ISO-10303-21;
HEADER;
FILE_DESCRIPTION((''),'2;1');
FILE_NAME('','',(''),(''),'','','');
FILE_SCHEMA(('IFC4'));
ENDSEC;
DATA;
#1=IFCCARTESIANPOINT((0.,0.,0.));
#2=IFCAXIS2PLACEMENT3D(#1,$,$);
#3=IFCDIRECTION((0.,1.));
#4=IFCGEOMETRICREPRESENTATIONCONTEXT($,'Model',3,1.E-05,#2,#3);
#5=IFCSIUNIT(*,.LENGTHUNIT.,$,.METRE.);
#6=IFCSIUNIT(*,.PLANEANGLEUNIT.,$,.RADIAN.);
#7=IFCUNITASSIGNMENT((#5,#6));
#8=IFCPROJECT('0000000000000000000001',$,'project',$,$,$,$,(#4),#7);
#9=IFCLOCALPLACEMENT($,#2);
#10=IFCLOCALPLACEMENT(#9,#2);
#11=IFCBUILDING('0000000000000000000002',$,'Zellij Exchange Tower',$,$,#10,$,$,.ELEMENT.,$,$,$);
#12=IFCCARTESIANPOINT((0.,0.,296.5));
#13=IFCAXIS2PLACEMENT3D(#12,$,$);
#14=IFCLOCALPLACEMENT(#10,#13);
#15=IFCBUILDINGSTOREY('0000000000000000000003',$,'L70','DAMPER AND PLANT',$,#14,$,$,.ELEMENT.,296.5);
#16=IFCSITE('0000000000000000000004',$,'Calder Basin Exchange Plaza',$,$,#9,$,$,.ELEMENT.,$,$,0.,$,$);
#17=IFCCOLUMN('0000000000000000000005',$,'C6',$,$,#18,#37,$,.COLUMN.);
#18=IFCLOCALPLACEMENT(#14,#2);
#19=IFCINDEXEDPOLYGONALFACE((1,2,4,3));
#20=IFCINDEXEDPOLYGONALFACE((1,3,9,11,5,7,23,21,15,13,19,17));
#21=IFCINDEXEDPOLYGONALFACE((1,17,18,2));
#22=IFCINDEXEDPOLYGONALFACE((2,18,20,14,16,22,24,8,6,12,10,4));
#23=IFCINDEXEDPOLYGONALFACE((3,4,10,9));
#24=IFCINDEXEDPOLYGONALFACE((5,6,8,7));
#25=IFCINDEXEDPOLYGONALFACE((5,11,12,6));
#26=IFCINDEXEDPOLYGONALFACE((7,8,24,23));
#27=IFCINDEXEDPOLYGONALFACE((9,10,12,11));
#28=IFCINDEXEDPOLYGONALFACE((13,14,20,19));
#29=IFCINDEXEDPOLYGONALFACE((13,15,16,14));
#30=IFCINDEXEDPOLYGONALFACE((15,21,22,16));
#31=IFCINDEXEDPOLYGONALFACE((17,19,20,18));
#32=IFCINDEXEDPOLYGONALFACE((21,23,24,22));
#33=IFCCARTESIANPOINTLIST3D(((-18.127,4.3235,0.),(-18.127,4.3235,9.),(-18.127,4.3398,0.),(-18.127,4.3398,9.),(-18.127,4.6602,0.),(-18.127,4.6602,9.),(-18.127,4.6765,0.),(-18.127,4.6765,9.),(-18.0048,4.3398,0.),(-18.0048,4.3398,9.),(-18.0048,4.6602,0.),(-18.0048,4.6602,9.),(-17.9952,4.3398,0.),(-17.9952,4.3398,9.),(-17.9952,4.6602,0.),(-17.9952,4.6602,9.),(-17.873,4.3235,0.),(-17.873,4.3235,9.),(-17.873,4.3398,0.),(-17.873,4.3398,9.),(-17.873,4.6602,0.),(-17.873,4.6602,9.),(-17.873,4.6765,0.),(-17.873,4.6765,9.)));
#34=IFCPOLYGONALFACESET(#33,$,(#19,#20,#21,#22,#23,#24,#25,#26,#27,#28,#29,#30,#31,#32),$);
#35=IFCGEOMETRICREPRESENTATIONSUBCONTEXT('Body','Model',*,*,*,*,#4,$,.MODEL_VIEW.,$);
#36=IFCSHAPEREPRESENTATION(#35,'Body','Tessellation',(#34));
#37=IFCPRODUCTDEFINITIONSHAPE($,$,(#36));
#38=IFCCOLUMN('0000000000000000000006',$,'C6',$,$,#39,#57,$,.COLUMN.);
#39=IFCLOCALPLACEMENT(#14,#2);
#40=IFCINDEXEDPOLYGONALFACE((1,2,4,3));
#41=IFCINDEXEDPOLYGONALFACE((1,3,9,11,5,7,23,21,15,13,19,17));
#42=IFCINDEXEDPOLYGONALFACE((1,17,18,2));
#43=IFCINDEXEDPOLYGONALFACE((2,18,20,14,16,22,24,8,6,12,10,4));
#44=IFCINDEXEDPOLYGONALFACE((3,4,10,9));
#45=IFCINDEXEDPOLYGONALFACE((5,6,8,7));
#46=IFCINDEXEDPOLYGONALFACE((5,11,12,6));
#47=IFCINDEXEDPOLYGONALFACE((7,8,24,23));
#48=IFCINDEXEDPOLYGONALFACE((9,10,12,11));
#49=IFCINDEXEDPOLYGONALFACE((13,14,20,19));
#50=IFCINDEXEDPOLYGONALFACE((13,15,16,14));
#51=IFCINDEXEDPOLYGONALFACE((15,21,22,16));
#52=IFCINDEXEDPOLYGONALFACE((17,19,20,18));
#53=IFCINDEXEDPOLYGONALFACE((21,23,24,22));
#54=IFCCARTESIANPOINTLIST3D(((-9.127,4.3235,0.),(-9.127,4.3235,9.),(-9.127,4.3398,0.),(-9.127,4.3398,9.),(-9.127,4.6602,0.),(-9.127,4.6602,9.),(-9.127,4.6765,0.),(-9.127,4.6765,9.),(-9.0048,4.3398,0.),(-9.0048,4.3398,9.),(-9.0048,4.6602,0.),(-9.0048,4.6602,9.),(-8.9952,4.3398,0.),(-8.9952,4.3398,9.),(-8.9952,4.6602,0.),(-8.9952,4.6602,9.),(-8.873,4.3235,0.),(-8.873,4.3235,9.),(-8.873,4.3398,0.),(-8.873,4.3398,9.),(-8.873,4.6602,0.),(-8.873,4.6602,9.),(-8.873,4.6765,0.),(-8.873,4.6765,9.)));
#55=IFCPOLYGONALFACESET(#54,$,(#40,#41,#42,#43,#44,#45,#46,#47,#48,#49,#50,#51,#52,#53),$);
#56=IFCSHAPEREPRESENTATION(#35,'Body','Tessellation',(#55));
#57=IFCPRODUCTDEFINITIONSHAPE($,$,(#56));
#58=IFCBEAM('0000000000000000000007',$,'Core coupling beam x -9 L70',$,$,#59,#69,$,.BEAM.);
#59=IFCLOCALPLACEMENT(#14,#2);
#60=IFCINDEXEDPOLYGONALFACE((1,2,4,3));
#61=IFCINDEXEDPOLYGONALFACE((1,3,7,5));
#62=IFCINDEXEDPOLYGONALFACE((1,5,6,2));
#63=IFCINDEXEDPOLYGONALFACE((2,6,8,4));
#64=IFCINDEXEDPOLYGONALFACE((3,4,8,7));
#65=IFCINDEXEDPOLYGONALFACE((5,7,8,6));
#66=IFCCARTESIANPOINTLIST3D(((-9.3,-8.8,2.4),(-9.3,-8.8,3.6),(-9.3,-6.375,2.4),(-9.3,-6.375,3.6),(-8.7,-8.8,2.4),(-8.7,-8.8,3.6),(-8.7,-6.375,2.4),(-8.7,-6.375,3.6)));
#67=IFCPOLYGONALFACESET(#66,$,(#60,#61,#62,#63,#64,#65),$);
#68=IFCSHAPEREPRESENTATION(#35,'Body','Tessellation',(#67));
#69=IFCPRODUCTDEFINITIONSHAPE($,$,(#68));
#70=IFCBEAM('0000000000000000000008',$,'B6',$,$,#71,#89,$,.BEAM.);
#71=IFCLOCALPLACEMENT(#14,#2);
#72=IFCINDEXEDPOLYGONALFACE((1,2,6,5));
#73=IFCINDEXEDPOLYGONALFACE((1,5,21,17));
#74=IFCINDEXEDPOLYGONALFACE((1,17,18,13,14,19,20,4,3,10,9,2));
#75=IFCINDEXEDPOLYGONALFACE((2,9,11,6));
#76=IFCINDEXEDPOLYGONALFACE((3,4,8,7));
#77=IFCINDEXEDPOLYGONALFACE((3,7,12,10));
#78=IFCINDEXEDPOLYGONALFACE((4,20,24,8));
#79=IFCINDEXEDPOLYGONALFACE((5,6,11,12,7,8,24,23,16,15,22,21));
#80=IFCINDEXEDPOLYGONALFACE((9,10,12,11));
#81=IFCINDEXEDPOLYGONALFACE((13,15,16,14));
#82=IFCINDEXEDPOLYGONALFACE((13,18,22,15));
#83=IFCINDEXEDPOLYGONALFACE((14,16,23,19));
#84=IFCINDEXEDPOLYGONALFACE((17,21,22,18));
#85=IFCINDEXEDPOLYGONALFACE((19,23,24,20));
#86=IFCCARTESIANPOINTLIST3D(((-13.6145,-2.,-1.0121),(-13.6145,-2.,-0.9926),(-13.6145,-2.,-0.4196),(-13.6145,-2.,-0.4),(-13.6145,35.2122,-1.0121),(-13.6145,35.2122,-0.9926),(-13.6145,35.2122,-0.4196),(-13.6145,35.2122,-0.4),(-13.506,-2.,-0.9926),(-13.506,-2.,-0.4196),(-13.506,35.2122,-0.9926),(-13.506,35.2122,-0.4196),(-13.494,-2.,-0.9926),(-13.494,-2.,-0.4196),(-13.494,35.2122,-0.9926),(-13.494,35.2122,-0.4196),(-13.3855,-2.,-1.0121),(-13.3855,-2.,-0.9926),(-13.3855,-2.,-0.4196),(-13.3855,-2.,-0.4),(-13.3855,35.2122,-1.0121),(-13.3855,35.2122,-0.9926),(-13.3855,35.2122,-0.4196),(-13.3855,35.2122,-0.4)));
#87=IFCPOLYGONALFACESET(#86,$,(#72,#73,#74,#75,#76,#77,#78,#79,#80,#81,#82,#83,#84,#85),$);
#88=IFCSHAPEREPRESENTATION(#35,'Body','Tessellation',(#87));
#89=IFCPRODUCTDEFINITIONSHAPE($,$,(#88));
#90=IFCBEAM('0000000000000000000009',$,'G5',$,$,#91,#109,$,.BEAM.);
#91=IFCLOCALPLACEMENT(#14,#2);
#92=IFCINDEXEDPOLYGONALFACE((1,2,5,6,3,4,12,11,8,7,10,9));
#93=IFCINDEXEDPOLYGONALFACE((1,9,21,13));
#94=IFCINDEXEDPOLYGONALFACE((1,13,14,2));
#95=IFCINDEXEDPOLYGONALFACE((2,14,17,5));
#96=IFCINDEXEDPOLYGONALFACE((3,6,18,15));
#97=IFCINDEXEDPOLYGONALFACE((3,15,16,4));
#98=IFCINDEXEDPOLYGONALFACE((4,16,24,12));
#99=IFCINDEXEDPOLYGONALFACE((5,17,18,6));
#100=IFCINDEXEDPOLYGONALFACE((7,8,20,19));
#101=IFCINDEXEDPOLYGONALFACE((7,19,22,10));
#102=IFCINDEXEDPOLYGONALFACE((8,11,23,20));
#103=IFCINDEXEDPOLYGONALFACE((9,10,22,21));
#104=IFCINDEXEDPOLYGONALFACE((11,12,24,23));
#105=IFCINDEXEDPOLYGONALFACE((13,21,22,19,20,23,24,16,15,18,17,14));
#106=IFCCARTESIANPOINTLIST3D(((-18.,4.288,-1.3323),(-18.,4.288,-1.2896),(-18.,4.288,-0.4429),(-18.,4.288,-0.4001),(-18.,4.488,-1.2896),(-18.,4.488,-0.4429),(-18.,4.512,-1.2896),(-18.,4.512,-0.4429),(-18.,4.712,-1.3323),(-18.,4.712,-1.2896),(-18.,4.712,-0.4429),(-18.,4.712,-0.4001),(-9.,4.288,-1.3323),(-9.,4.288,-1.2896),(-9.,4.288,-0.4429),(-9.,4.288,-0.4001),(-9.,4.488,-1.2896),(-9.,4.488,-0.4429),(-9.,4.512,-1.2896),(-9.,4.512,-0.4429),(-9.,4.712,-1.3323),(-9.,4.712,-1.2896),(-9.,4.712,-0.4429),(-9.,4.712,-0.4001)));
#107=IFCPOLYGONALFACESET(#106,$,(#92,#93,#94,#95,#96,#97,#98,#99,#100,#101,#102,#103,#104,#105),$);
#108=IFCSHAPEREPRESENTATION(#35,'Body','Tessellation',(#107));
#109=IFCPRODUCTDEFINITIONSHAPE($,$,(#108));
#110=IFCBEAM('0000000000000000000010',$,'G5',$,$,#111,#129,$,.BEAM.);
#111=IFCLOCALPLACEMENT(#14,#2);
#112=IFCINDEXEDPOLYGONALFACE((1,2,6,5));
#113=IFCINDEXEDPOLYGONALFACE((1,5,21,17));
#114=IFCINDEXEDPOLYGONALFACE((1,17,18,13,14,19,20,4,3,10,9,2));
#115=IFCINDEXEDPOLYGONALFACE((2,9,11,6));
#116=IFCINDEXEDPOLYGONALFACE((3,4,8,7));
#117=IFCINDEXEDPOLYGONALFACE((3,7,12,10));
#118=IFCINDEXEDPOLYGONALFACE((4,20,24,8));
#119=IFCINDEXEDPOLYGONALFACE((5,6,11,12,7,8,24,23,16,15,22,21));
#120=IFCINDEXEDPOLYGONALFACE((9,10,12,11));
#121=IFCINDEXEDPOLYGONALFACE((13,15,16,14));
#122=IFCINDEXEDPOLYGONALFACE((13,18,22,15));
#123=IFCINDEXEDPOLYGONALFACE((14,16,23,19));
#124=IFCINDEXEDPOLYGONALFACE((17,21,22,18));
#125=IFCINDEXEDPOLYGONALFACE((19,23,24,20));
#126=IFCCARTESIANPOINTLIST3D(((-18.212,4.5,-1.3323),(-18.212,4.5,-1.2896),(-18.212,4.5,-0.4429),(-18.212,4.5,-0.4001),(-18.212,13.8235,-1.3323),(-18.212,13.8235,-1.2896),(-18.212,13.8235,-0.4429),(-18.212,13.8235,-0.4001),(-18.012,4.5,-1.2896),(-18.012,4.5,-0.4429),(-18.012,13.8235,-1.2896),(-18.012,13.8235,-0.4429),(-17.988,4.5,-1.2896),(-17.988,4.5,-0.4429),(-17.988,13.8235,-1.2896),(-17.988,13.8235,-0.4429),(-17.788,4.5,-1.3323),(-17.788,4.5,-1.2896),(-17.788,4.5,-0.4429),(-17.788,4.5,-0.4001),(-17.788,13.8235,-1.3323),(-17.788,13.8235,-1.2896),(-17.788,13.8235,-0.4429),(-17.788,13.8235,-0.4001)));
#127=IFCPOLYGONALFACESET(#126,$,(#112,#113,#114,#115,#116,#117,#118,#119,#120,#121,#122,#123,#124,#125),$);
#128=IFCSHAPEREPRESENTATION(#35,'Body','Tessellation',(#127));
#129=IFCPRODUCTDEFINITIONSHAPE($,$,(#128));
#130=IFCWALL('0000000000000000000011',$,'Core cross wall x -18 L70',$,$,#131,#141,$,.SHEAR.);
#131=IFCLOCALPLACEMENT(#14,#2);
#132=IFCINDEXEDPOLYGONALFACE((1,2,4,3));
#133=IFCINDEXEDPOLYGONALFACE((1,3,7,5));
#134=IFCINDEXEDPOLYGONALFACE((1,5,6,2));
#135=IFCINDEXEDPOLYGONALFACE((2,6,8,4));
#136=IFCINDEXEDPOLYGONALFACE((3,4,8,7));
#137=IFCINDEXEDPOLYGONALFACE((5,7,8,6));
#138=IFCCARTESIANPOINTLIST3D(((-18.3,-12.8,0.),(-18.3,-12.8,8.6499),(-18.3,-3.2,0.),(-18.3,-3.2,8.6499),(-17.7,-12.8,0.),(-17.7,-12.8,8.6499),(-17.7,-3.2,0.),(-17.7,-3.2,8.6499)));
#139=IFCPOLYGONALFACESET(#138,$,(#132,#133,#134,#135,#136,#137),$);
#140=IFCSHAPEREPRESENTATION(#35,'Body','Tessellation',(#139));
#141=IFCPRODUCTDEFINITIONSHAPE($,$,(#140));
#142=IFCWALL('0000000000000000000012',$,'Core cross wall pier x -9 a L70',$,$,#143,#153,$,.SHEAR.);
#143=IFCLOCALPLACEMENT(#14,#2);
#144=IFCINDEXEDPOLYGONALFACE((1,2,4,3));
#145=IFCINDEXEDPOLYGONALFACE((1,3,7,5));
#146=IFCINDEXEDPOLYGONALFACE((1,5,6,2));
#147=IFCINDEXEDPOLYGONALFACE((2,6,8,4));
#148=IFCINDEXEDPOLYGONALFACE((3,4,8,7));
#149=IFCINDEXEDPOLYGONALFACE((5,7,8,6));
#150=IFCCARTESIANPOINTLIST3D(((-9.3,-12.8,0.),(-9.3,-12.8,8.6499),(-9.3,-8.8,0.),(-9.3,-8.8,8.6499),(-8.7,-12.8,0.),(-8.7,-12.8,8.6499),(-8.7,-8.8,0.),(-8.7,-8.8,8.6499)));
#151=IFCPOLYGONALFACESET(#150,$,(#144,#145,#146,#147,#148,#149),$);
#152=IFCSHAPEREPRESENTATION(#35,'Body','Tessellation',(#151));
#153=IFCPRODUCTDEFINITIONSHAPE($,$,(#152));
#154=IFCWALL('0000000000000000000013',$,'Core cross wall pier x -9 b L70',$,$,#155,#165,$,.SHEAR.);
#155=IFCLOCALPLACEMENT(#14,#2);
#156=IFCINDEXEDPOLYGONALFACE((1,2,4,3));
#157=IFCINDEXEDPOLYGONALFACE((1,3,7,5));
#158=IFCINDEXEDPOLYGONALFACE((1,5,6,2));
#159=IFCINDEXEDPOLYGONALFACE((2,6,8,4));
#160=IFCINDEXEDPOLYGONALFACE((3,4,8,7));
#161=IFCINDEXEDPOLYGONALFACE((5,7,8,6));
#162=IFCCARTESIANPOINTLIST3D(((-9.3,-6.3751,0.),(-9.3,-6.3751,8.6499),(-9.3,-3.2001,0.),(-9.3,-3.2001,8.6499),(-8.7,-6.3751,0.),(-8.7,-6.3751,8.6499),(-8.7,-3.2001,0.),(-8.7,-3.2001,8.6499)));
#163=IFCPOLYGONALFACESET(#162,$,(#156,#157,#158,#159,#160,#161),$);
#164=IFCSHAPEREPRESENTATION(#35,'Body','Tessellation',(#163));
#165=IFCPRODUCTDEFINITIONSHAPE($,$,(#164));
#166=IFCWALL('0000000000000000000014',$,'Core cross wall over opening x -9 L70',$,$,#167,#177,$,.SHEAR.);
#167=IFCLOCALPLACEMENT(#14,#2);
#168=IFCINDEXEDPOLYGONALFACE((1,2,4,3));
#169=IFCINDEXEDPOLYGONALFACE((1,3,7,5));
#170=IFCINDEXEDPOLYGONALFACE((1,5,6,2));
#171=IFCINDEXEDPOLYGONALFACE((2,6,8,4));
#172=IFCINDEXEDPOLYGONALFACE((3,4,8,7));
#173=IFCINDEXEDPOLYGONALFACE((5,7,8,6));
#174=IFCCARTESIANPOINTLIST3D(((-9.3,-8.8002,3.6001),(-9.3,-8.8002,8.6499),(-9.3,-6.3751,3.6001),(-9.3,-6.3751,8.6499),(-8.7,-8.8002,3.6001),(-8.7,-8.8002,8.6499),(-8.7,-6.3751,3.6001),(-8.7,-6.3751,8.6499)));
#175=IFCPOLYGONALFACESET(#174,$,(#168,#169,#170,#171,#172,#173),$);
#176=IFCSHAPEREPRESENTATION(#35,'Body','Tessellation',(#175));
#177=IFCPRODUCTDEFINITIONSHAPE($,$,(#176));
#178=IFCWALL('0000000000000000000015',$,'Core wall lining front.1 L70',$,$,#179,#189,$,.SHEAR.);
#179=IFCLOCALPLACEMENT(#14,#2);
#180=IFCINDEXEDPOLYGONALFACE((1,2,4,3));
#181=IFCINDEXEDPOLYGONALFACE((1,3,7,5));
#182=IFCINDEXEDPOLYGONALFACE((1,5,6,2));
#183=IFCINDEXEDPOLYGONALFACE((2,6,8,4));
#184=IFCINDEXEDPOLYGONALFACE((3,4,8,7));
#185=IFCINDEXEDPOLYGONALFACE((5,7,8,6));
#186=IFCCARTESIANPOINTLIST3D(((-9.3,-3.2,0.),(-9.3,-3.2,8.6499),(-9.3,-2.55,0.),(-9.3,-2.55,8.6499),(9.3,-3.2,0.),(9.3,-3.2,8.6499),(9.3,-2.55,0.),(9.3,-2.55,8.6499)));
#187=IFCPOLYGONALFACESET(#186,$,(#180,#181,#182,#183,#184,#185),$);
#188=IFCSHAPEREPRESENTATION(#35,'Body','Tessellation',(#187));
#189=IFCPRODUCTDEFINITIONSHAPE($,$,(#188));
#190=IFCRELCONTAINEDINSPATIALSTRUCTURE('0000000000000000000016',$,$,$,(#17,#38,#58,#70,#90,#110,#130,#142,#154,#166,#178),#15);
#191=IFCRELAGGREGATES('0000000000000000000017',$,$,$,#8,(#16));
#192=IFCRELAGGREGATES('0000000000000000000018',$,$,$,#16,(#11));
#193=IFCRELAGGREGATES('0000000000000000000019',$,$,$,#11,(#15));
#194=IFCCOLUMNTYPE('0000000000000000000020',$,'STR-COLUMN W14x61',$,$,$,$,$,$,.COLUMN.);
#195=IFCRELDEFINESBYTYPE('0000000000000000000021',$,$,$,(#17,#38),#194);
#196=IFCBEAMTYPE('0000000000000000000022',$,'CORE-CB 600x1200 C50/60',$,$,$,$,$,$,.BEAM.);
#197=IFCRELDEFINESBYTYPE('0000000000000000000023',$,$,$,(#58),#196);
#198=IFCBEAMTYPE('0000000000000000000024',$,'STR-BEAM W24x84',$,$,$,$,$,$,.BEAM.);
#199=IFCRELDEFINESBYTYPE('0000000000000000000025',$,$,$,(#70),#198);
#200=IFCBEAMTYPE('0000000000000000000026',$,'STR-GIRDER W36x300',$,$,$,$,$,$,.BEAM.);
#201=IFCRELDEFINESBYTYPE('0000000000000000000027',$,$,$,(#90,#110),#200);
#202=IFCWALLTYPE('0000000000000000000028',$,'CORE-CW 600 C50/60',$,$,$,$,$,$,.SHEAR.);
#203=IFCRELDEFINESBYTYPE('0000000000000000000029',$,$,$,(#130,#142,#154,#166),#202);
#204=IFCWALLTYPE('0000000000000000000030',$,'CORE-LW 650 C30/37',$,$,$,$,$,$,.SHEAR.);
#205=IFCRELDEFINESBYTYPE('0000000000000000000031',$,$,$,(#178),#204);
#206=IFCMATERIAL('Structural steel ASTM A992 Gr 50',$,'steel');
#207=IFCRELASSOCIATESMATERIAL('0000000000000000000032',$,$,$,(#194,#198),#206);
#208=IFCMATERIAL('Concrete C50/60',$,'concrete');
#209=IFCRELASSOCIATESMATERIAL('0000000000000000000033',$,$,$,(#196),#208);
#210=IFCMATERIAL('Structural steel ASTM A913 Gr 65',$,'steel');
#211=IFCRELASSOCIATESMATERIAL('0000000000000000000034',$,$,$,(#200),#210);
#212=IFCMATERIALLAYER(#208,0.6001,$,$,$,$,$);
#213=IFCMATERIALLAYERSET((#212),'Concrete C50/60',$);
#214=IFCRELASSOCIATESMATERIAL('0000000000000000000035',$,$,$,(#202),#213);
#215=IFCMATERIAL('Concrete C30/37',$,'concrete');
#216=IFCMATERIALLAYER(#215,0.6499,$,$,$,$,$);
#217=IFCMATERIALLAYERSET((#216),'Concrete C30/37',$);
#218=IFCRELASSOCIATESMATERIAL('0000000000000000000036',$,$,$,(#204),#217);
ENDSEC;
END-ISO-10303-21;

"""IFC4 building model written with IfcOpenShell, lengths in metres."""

from ifc_helpers import new_model, si_unit, direction, frame, frame_2d, origin, origin_2d, place, context, subcontext, project, spatial, rectangle, i_section, extrude, material, layer, layer_set, material_profile, profile_set, type_object, element, save


model = new_model("IFC4")

# Units and contexts
model_context = context("Model", 3, precision=1e-05, world=origin(), true_north=direction((0.0, 1.0)))
body_context = subcontext(model_context, "Body", "Model", "MODEL_VIEW")
ifc_project = project(units=[si_unit("LENGTHUNIT", "METRE"), si_unit("PLANEANGLEUNIT", "RADIAN")], contexts=[model_context])

# Site, building, storey
site_placement = place(None, origin())
site = spatial("IfcSite", under=ifc_project, at=site_placement, Name="Calder Basin Exchange Plaza", CompositionType="ELEMENT", RefElevation=0.0)
building_placement = place(site_placement, origin())
building = spatial("IfcBuilding", under=site, at=building_placement, Name="Zellij Exchange Tower", CompositionType="ELEMENT")
storey_placement = place(building_placement, frame((0.0, 0.0, 296.5)))
storey = spatial("IfcBuildingStorey", under=building, at=storey_placement, Name="L70", Description="DAMPER AND PLANT", CompositionType="ELEMENT", Elevation=296.5)

# Columns
ifc_material_1 = material(Name="Structural steel ASTM A992 Gr 50", Category="steel")
ifc_material_profile_1 = material_profile(ifc_material_1, i_section(OverallWidth=0.2539, OverallDepth=0.353, WebThickness=0.0095, FlangeThickness=0.0164, at=origin_2d()), Name="W14x61")
ifc_profile_set_1 = profile_set([ifc_material_profile_1], Name="Structural steel ASTM A992 Gr 50")
column_type = type_object("IfcColumnType", Name="STR-COLUMN W14x61", PredefinedType="COLUMN", material=ifc_profile_set_1)
for number, where, z_axis, x_axis, name in (
    (1, (-18.0, 4.5, 0.0), (0.0, 0.0, 1.0), (1.0, 0.0, 0.0), "C6"),
    (2, (-9.0, 4.5, 0.0), (0.0, 0.0, 1.0), (1.0, 0.0, 0.0), "C6"),
):
    element("IfcColumn", number, at=place(storey_placement, frame(where, z_axis=z_axis, x_axis=x_axis)), inside=storey, type_object=column_type, Name=name, PredefinedType="COLUMN", context=body_context, shape_type="SweptSolid", body=[
        extrude(i_section(OverallWidth=0.2539, OverallDepth=0.353, WebThickness=0.0095, FlangeThickness=0.0164, at=origin_2d()), origin(), (0.0, 0.0, 1.0), 9.0),
    ])

# Beams
ifc_material_2 = material(Name="Concrete C50/60", Category="concrete")
ifc_material_profile_2 = material_profile(ifc_material_2, rectangle(XDim=0.6001, YDim=1.2, at=origin_2d()), Name="CORE-CB 600x1200 C50/60")
ifc_profile_set_2 = profile_set([ifc_material_profile_2], Name="Concrete C50/60")
beam_type_1 = type_object("IfcBeamType", Name="CORE-CB 600x1200 C50/60", PredefinedType="BEAM", material=ifc_profile_set_2)
beam_1_placement = place(storey_placement, frame((-9.0, -8.8, 3.0), z_axis=(0.0, 1.0, 0.0), x_axis=(-1.0, 0.0, 0.0)))
element("IfcBeam", 3, at=beam_1_placement, inside=storey, type_object=beam_type_1, Name="Core coupling beam x -9 L70", PredefinedType="BEAM", context=body_context, shape_type="SweptSolid", body=[
    extrude(rectangle(XDim=0.6001, YDim=1.2, at=origin_2d()), origin(), (0.0, 0.0, 1.0), 2.425),
])
ifc_material_profile_3 = material_profile(ifc_material_1, i_section(OverallWidth=0.229, OverallDepth=0.6121, WebThickness=0.012, FlangeThickness=0.0195, at=origin_2d()), Name="W24x84")
ifc_profile_set_3 = profile_set([ifc_material_profile_3], Name="Structural steel ASTM A992 Gr 50")
beam_type_2 = type_object("IfcBeamType", Name="STR-BEAM W24x84", PredefinedType="BEAM", material=ifc_profile_set_3)
beam_2_placement = place(storey_placement, frame((-13.5, -2.0, -0.7061), z_axis=(0.0, 1.0, 0.0), x_axis=(-1.0, 0.0, 0.0)))
element("IfcBeam", 4, at=beam_2_placement, inside=storey, type_object=beam_type_2, Name="B6", PredefinedType="BEAM", context=body_context, shape_type="SweptSolid", body=[
    extrude(i_section(OverallWidth=0.229, OverallDepth=0.6121, WebThickness=0.012, FlangeThickness=0.0195, at=origin_2d()), origin(), (0.0, 0.0, 1.0), 37.2122),
])
ifc_material_3 = material(Name="Structural steel ASTM A913 Gr 65", Category="steel")
ifc_material_profile_4 = material_profile(ifc_material_3, i_section(OverallWidth=0.4241, OverallDepth=0.9321, WebThickness=0.0239, FlangeThickness=0.0427, at=origin_2d()), Name="W36x300")
ifc_profile_set_4 = profile_set([ifc_material_profile_4], Name="Structural steel ASTM A913 Gr 65")
beam_type_3 = type_object("IfcBeamType", Name="STR-GIRDER W36x300", PredefinedType="BEAM", material=ifc_profile_set_4)
beam_3_placement = place(storey_placement, frame((-18.0, 4.5, -0.8662), z_axis=(1.0, 0.0, 0.0), x_axis=(0.0, 1.0, 0.0)))
element("IfcBeam", 5, at=beam_3_placement, inside=storey, type_object=beam_type_3, Name="G5", PredefinedType="BEAM", context=body_context, shape_type="SweptSolid", body=[
    extrude(i_section(OverallWidth=0.4241, OverallDepth=0.9321, WebThickness=0.0239, FlangeThickness=0.0427, at=origin_2d()), origin(), (0.0, 0.0, 1.0), 9.0),
])
beam_4_placement = place(storey_placement, frame((-18.0, 4.5, -0.8662), z_axis=(0.0, 1.0, 0.0), x_axis=(-1.0, 0.0, 0.0)))
element("IfcBeam", 6, at=beam_4_placement, inside=storey, type_object=beam_type_3, Name="G5", PredefinedType="BEAM", context=body_context, shape_type="SweptSolid", body=[
    extrude(i_section(OverallWidth=0.4241, OverallDepth=0.9321, WebThickness=0.0239, FlangeThickness=0.0427, at=origin_2d()), origin(), (0.0, 0.0, 1.0), 9.3235),
])

# Walls
ifc_layer_1 = layer(ifc_material_2, 0.6001)
ifc_layer_set_1 = layer_set([ifc_layer_1], Name="Concrete C50/60")
wall_type_1 = type_object("IfcWallType", Name="CORE-CW 600 C50/60", PredefinedType="SHEAR", material=ifc_layer_set_1)
wall_1_placement = place(storey_placement, frame((-18.0, -12.8, 0.0), z_axis=(0.0, 0.0, 1.0), x_axis=(0.0, 1.0, 0.0)))
element("IfcWall", 7, at=wall_1_placement, inside=storey, type_object=wall_type_1, Name="Core cross wall x -18 L70", PredefinedType="SHEAR", context=body_context, shape_type="SweptSolid", body=[
    extrude(rectangle(XDim=9.6001, YDim=0.6001, at=frame_2d((4.8, 0.0))), origin(), (0.0, 0.0, 1.0), 8.6499),
])
wall_2_placement = place(storey_placement, frame((-9.0, -12.8, 0.0), z_axis=(0.0, 0.0, 1.0), x_axis=(0.0, 1.0, 0.0)))
element("IfcWall", 8, at=wall_2_placement, inside=storey, type_object=wall_type_1, Name="Core cross wall pier x -9 a L70", PredefinedType="SHEAR", context=body_context, shape_type="SweptSolid", body=[
    extrude(rectangle(XDim=4.0, YDim=0.6001, at=frame_2d((2.0, 0.0))), origin(), (0.0, 0.0, 1.0), 8.6499),
])
wall_3_placement = place(storey_placement, frame((-9.0, -6.375, 0.0), z_axis=(0.0, 0.0, 1.0), x_axis=(0.0, 1.0, 0.0)))
element("IfcWall", 9, at=wall_3_placement, inside=storey, type_object=wall_type_1, Name="Core cross wall pier x -9 b L70", PredefinedType="SHEAR", context=body_context, shape_type="SweptSolid", body=[
    extrude(rectangle(XDim=3.175, YDim=0.6001, at=frame_2d((1.5874, 0.0))), origin(), (0.0, 0.0, 1.0), 8.6499),
])
wall_4_placement = place(storey_placement, frame((-9.0, -8.8, 3.6001), z_axis=(0.0, 0.0, 1.0), x_axis=(0.0, 1.0, 0.0)))
element("IfcWall", 10, at=wall_4_placement, inside=storey, type_object=wall_type_1, Name="Core cross wall over opening x -9 L70", PredefinedType="SHEAR", context=body_context, shape_type="SweptSolid", body=[
    extrude(rectangle(XDim=2.425, YDim=0.6001, at=frame_2d((1.2124, 0.0))), origin(), (0.0, 0.0, 1.0), 5.0498),
])
ifc_material_4 = material(Name="Concrete C30/37", Category="concrete")
ifc_layer_2 = layer(ifc_material_4, 0.6499)
ifc_layer_set_2 = layer_set([ifc_layer_2], Name="Concrete C30/37")
wall_type_2 = type_object("IfcWallType", Name="CORE-LW 650 C30/37", PredefinedType="SHEAR", material=ifc_layer_set_2)
wall_5_placement = place(storey_placement, frame((-9.3, -2.875, 0.0), z_axis=(0.0, 0.0, 1.0), x_axis=(1.0, 0.0, 0.0)))
element("IfcWall", 11, at=wall_5_placement, inside=storey, type_object=wall_type_2, Name="Core wall lining front.1 L70", PredefinedType="SHEAR", context=body_context, shape_type="SweptSolid", body=[
    extrude(rectangle(XDim=18.6001, YDim=0.6499, at=frame_2d((9.3, 0.0))), origin(), (0.0, 0.0, 1.0), 8.6499),
])

save(model, "model.ifc")
